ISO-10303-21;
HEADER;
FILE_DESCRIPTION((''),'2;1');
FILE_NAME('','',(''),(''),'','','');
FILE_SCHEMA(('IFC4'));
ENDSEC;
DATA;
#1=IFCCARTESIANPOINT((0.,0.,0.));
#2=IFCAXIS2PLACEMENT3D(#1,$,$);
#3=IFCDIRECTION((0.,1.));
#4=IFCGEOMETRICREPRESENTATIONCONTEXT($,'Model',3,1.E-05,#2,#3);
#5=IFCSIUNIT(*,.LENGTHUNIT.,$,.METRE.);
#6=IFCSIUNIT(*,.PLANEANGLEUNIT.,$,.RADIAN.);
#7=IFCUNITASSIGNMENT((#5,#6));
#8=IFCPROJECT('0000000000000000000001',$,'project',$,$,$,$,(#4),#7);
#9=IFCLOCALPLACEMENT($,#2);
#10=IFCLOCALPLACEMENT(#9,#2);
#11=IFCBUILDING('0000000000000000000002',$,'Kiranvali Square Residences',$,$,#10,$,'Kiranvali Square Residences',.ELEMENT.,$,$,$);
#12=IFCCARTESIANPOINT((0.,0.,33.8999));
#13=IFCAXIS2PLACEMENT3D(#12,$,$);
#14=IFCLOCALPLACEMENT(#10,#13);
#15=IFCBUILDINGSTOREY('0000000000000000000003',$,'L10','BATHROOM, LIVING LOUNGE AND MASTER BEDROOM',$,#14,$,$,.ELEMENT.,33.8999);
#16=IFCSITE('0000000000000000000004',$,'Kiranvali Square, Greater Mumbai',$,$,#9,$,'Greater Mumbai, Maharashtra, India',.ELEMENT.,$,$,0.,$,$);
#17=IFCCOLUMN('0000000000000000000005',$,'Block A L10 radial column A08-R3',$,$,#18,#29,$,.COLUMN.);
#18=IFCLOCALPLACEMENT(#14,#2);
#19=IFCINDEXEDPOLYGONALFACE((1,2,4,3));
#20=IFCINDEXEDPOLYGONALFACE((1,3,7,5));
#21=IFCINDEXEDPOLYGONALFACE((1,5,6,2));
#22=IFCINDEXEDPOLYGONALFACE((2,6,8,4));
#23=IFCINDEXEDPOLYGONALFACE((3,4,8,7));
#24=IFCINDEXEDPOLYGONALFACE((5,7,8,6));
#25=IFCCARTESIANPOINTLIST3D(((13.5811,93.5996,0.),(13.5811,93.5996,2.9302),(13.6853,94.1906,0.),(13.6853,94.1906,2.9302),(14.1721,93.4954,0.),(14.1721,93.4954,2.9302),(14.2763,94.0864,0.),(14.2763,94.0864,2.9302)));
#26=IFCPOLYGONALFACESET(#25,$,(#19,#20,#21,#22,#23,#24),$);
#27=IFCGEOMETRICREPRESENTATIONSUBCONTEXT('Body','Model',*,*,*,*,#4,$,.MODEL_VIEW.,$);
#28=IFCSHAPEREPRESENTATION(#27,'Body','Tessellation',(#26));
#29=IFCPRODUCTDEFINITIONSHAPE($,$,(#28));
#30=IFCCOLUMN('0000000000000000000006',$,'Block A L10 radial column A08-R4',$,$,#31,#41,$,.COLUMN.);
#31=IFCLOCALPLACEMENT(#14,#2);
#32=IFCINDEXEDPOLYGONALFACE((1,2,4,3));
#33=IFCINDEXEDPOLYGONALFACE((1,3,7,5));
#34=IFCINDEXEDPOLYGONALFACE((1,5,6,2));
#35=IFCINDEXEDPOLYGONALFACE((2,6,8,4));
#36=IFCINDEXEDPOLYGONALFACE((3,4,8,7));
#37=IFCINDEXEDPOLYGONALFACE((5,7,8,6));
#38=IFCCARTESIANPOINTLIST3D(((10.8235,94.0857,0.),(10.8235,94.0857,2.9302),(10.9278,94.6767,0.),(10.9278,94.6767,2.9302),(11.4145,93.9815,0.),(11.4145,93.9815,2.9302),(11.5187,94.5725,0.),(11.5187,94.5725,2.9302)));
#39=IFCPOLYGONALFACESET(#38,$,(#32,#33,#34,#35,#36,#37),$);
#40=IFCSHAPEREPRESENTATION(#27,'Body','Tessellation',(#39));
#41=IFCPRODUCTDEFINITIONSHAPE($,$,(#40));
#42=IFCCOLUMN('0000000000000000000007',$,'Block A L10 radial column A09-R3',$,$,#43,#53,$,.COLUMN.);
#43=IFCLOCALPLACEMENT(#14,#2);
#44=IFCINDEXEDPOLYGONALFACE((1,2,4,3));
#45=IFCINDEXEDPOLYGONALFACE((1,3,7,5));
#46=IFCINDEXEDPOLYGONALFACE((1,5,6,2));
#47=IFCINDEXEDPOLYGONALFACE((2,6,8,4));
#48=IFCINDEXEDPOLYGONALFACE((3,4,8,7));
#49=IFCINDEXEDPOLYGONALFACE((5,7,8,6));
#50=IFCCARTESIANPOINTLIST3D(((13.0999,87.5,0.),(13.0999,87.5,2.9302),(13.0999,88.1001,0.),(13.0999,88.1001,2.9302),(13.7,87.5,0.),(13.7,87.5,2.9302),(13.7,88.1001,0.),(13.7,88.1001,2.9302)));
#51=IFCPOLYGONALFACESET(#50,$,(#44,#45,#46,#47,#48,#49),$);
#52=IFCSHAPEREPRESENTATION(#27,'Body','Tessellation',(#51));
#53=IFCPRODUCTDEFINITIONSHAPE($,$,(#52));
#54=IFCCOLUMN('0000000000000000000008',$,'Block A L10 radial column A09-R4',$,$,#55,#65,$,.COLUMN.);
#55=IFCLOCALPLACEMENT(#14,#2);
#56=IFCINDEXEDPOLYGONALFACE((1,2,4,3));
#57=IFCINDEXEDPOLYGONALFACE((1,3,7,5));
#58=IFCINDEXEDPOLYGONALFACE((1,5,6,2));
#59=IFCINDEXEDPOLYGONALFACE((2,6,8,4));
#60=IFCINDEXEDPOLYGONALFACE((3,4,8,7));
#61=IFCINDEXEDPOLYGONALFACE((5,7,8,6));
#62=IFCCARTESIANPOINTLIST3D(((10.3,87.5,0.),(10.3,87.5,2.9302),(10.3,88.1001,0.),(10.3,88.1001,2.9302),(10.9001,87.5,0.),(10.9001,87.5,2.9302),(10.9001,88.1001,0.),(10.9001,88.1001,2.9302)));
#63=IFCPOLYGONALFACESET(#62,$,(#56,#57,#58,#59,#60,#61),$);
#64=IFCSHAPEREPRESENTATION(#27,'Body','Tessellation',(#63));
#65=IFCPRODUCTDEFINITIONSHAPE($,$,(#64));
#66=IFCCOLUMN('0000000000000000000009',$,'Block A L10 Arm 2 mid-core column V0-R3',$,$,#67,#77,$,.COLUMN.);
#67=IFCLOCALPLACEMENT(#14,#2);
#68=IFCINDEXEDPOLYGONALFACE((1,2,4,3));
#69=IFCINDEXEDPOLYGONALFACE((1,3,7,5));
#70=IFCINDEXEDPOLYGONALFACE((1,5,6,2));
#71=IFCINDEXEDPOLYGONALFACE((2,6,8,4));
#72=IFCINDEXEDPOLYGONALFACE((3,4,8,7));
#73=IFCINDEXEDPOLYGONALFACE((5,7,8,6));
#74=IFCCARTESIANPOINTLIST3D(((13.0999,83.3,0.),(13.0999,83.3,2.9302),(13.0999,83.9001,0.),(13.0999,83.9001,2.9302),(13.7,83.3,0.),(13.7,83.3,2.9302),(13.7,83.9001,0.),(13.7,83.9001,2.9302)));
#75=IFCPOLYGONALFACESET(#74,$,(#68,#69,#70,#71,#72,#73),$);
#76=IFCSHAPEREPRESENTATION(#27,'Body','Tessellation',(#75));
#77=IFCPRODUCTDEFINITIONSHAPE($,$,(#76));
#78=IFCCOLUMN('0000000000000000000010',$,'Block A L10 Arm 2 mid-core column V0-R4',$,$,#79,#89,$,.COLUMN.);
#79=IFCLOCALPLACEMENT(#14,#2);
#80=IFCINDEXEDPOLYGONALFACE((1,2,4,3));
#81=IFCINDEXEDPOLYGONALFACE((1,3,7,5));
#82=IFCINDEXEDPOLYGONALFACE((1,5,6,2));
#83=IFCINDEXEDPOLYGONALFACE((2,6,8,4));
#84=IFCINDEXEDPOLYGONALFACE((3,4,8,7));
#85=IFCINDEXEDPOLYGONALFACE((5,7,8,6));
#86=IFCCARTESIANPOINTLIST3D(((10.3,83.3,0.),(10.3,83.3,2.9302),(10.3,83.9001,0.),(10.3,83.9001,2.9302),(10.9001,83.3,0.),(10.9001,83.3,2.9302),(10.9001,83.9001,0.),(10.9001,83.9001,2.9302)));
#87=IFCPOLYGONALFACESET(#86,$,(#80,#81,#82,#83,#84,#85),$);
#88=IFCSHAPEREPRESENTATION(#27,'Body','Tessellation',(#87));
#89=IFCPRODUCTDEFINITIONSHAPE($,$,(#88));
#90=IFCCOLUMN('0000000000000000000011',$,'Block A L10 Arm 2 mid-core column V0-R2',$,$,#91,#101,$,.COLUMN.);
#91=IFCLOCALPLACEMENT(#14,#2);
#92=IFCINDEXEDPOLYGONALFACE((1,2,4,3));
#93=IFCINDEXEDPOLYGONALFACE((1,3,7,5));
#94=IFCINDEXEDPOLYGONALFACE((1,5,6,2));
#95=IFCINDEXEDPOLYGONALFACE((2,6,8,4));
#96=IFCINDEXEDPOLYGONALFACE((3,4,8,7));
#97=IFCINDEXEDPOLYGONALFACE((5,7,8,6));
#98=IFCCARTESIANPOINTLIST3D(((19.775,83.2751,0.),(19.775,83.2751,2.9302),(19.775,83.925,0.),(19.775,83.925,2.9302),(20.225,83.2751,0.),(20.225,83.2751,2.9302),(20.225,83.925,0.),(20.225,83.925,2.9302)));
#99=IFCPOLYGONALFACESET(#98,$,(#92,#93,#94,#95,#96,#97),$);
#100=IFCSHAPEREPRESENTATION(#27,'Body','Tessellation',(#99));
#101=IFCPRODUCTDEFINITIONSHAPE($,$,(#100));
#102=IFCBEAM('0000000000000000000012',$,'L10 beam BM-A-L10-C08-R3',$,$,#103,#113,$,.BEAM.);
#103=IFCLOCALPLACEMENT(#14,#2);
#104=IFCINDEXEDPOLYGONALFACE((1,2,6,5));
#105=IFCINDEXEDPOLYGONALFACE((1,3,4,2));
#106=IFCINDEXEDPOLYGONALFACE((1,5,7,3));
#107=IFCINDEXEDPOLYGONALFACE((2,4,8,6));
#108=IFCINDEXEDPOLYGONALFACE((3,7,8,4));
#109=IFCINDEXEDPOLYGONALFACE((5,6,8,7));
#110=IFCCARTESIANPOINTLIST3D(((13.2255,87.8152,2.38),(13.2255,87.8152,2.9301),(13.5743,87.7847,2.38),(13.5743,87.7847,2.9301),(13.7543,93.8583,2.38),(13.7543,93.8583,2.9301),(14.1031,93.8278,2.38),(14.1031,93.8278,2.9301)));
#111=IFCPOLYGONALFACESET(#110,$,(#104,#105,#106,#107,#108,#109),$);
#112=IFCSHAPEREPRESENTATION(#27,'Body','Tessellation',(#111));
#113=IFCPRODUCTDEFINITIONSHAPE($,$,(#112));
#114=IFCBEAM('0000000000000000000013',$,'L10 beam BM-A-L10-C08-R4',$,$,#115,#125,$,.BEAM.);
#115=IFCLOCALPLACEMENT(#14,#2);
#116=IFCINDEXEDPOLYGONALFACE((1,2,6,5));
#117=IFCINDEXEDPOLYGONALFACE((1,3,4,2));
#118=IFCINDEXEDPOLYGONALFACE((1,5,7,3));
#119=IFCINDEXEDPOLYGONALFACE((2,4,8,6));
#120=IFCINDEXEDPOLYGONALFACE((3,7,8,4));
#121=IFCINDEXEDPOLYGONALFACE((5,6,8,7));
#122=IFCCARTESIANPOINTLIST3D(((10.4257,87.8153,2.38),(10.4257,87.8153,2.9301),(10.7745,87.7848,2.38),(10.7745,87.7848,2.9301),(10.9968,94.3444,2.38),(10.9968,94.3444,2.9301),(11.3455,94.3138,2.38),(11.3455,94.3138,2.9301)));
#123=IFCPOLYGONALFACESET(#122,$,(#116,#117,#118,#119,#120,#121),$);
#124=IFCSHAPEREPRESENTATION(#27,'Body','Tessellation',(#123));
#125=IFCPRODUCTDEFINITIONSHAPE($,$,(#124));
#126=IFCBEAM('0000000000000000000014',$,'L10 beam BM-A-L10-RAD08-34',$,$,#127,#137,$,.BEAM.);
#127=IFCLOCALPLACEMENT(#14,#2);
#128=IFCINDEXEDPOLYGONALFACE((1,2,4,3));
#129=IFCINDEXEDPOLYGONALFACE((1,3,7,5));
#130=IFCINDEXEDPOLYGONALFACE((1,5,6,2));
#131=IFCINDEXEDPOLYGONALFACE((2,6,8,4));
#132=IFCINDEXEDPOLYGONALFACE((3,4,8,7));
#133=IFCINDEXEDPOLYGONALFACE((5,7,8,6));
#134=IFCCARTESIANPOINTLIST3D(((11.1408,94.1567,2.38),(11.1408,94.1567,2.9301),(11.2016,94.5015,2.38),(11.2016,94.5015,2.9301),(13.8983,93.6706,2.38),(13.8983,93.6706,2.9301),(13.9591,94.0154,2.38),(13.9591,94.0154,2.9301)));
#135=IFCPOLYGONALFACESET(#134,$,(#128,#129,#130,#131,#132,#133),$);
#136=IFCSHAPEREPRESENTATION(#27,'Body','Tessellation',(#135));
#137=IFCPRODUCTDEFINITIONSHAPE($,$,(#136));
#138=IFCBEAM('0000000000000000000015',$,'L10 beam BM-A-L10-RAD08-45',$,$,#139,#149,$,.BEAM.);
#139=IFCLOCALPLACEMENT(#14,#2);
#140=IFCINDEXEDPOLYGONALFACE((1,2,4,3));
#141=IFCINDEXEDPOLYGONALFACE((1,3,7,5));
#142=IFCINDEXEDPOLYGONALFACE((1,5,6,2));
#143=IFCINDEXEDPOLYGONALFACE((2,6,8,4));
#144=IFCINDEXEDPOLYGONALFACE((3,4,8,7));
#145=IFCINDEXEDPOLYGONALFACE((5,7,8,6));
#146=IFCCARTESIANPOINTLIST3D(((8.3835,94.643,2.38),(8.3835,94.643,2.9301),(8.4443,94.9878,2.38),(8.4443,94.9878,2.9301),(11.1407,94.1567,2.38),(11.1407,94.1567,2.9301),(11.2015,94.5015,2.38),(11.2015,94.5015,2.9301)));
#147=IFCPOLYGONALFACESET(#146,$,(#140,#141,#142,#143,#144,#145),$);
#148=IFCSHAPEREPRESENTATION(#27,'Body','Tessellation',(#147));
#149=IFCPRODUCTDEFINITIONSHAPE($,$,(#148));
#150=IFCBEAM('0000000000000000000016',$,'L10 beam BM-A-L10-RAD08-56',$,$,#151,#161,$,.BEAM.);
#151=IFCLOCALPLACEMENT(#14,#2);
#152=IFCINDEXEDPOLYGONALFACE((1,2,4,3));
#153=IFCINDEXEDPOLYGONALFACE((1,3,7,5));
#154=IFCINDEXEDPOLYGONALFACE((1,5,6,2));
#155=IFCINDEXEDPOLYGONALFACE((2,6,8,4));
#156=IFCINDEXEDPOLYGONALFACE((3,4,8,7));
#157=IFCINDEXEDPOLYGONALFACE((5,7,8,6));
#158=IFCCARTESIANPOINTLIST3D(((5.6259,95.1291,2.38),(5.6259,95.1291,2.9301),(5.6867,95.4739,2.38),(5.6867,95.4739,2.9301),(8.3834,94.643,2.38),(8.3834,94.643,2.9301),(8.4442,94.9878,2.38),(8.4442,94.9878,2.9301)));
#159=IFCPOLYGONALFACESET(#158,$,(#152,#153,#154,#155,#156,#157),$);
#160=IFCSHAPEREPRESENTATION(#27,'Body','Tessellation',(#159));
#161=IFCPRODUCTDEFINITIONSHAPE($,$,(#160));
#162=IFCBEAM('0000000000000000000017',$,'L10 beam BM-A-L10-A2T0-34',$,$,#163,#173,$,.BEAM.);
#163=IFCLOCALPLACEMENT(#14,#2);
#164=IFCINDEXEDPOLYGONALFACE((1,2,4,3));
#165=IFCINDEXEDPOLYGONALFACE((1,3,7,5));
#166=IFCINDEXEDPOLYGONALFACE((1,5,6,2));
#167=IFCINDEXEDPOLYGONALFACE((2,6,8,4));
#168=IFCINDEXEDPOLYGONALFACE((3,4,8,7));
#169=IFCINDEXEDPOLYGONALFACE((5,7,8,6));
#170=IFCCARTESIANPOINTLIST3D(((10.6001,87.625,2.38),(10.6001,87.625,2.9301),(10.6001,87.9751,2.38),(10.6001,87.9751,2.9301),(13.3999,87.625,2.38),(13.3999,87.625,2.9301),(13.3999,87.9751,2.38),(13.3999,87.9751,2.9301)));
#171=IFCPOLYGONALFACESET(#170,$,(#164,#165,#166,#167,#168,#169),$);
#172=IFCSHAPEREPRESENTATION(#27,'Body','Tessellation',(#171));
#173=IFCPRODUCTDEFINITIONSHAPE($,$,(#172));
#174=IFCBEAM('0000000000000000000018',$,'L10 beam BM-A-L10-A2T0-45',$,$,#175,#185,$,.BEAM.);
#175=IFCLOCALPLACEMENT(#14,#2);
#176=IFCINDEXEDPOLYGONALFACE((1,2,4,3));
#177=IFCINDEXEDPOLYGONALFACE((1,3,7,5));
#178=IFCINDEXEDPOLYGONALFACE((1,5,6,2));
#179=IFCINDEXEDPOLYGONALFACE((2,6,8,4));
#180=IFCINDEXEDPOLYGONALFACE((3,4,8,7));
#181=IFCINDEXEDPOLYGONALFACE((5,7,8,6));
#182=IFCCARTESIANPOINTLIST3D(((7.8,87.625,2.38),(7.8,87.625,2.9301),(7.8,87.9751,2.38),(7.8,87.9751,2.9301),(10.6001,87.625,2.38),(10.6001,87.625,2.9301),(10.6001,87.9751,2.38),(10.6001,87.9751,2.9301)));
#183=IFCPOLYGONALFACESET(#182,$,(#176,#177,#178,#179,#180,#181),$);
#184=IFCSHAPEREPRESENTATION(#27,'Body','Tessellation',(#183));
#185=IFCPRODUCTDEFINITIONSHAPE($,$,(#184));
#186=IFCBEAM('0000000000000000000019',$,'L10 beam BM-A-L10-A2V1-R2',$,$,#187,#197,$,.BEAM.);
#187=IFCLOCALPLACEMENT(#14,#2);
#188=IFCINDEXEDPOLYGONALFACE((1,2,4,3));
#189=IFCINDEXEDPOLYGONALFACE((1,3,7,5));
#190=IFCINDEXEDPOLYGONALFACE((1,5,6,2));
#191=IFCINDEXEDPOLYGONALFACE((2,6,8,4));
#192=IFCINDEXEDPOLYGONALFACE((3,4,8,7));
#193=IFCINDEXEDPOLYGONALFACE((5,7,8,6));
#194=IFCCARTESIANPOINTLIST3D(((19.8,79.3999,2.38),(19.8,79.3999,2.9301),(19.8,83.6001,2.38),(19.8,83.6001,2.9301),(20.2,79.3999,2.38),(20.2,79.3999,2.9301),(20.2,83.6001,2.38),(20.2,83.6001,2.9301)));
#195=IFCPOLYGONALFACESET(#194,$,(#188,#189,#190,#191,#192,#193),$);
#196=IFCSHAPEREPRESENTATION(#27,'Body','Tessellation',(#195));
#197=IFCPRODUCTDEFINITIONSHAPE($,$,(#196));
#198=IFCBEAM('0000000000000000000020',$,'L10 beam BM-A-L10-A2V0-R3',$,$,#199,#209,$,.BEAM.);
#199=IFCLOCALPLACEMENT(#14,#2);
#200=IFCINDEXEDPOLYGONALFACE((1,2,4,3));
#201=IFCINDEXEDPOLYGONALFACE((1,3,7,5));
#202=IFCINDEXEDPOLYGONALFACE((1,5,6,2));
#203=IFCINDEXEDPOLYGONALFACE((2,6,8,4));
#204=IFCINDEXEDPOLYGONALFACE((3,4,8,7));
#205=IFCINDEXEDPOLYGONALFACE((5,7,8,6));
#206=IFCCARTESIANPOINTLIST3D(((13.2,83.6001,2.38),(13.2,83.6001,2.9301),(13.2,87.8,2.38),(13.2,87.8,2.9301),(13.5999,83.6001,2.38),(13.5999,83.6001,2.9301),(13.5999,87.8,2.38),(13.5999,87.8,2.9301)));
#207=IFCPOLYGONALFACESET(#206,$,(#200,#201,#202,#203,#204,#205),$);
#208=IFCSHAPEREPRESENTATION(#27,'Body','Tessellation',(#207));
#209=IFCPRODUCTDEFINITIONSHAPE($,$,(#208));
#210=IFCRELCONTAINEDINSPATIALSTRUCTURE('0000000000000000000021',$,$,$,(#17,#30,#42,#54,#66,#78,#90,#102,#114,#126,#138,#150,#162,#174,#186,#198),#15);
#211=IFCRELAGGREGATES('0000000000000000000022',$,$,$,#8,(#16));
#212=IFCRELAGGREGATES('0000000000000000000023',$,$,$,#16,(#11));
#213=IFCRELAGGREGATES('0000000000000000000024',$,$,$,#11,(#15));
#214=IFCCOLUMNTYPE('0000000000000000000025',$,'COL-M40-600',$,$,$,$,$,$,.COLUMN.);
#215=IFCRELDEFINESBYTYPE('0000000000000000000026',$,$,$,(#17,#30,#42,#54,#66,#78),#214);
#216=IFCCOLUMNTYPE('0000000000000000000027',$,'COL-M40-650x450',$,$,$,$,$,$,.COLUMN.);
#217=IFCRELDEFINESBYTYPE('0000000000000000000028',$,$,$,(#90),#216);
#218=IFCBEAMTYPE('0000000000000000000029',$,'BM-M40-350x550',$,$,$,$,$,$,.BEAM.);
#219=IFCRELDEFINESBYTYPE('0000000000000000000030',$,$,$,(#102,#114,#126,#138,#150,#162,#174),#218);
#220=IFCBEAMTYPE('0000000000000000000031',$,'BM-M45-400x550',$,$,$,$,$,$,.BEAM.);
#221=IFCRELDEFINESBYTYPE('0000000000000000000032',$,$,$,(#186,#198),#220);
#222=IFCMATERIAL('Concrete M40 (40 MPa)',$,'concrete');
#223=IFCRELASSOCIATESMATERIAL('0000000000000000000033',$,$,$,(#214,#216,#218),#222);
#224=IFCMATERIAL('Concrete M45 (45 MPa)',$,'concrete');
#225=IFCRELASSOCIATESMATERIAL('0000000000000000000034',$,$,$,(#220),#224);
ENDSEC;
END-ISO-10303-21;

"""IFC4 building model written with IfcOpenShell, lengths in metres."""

from ifc_helpers import new_model, si_unit, direction, frame, origin, origin_2d, place, context, subcontext, project, spatial, rectangle, extrude, material, material_profile, profile_set, type_object, element, save


model = new_model("IFC4")

# Units and contexts
model_context = context("Model", 3, precision=1e-05, world=origin(), true_north=direction((0.0, 1.0)))
body_context = subcontext(model_context, "Body", "Model", "MODEL_VIEW")
ifc_project = project(units=[si_unit("LENGTHUNIT", "METRE"), si_unit("PLANEANGLEUNIT", "RADIAN")], contexts=[model_context])

# Site, building, storey
site_placement = place(None, origin())
site = spatial("IfcSite", under=ifc_project, at=site_placement, Name="Kiranvali Square, Greater Mumbai", LongName="Greater Mumbai, Maharashtra, India", CompositionType="ELEMENT", RefElevation=0.0)
building_placement = place(site_placement, origin())
building = spatial("IfcBuilding", under=site, at=building_placement, Name="Kiranvali Square Residences", LongName="Kiranvali Square Residences", CompositionType="ELEMENT")
storey_placement = place(building_placement, frame((0.0, 0.0, 33.8999)))
storey = spatial("IfcBuildingStorey", under=building, at=storey_placement, Name="L10", Description="BATHROOM, LIVING LOUNGE AND MASTER BEDROOM", CompositionType="ELEMENT", Elevation=33.8999)

# Columns
ifc_material_1 = material(Name="Concrete M40 (40 MPa)", Category="concrete")
ifc_material_profile_1 = material_profile(ifc_material_1, rectangle(XDim=0.6001, YDim=0.6001, at=origin_2d()), Name="RC 600x600")
ifc_profile_set_1 = profile_set([ifc_material_profile_1], Name="Concrete M40 (40 MPa)")
column_type_1 = type_object("IfcColumnType", Name="COL-M40-600", PredefinedType="COLUMN", material=ifc_profile_set_1)
for number, where, z_axis, x_axis, name in (
    (1, (13.9287, 93.843, 0.0), (0.0, 0.0, 1.0), (0.173648, 0.984808, 0.0), "Block A L10 radial column A08-R3"),
    (2, (11.1711, 94.3291, 0.0), (0.0, 0.0, 1.0), (0.173648, 0.984808, 0.0), "Block A L10 radial column A08-R4"),
    (3, (13.3999, 87.8, 0.0), (0.0, 0.0, 1.0), (0.0, 1.0, 0.0), "Block A L10 radial column A09-R3"),
    (4, (10.6001, 87.8, 0.0), (0.0, 0.0, 1.0), (0.0, 1.0, 0.0), "Block A L10 radial column A09-R4"),
    (5, (13.3999, 83.6001, 0.0), (0.0, 0.0, 1.0), (1.0, 0.0, 0.0), "Block A L10 Arm 2 mid-core column V0-R3"),
    (6, (10.6001, 83.6001, 0.0), (0.0, 0.0, 1.0), (1.0, 0.0, 0.0), "Block A L10 Arm 2 mid-core column V0-R4"),
):
    element("IfcColumn", number, at=place(storey_placement, frame(where, z_axis=z_axis, x_axis=x_axis)), inside=storey, type_object=column_type_1, Name=name, PredefinedType="COLUMN", context=body_context, shape_type="SweptSolid", body=[
        extrude(rectangle(XDim=0.6001, YDim=0.6001, at=origin_2d()), origin(), (0.0, 0.0, 1.0), 2.9302),
    ])
ifc_material_profile_2 = material_profile(ifc_material_1, rectangle(XDim=0.45, YDim=0.6499, at=origin_2d()), Name="RC 650x450")
ifc_profile_set_2 = profile_set([ifc_material_profile_2], Name="Concrete M40 (40 MPa)")
column_type_2 = type_object("IfcColumnType", Name="COL-M40-650x450", PredefinedType="COLUMN", material=ifc_profile_set_2)
column_placement = place(storey_placement, frame((20.0, 83.6001, 0.0), z_axis=(0.0, 0.0, 1.0), x_axis=(1.0, 0.0, 0.0)))
element("IfcColumn", 7, at=column_placement, inside=storey, type_object=column_type_2, Name="Block A L10 Arm 2 mid-core column V0-R2", PredefinedType="COLUMN", context=body_context, shape_type="SweptSolid", body=[
    extrude(rectangle(XDim=0.45, YDim=0.6499, at=origin_2d()), origin(), (0.0, 0.0, 1.0), 2.9302),
])

# Beams
ifc_material_profile_3 = material_profile(ifc_material_1, rectangle(XDim=0.3501, YDim=0.55, at=origin_2d()), Name="RC 350x550")
ifc_profile_set_3 = profile_set([ifc_material_profile_3], Name="Concrete M40 (40 MPa)")
beam_type_1 = type_object("IfcBeamType", Name="BM-M40-350x550", PredefinedType="BEAM", material=ifc_profile_set_3)
beam_1_placement = place(storey_placement, frame((13.9287, 93.843, 2.655), z_axis=(-0.087175, -0.996193, 0.0), x_axis=(0.996193, -0.087175, 0.0)))
element("IfcBeam", 8, at=beam_1_placement, inside=storey, type_object=beam_type_1, Name="L10 beam BM-A-L10-C08-R3", PredefinedType="BEAM", context=body_context, shape_type="SweptSolid", body=[
    extrude(rectangle(XDim=0.3501, YDim=0.55, at=origin_2d()), origin(), (0.0, 0.0, 1.0), 6.0662),
])
beam_2_placement = place(storey_placement, frame((11.1711, 94.3291, 2.655), z_axis=(-0.08713, -0.996197, 0.0), x_axis=(0.996197, -0.08713, 0.0)))
element("IfcBeam", 9, at=beam_2_placement, inside=storey, type_object=beam_type_1, Name="L10 beam BM-A-L10-C08-R4", PredefinedType="BEAM", context=body_context, shape_type="SweptSolid", body=[
    extrude(rectangle(XDim=0.3501, YDim=0.55, at=origin_2d()), origin(), (0.0, 0.0, 1.0), 6.554),
])
beam_3_placement = place(storey_placement, frame((13.9287, 93.843, 2.655), z_axis=(-0.984817, 0.173596, 0.0), x_axis=(-0.173596, -0.984817, 0.0)))
element("IfcBeam", 10, at=beam_3_placement, inside=storey, type_object=beam_type_1, Name="L10 beam BM-A-L10-RAD08-34", PredefinedType="BEAM", context=body_context, shape_type="SweptSolid", body=[
    extrude(rectangle(XDim=0.3501, YDim=0.55, at=origin_2d()), origin(), (0.0, 0.0, 1.0), 2.8),
])
beam_4_placement = place(storey_placement, frame((11.1711, 94.3291, 2.655), z_axis=(-0.984799, 0.173696, 0.0), x_axis=(-0.173696, -0.984799, 0.0)))
element("IfcBeam", 11, at=beam_4_placement, inside=storey, type_object=beam_type_1, Name="L10 beam BM-A-L10-RAD08-45", PredefinedType="BEAM", context=body_context, shape_type="SweptSolid", body=[
    extrude(rectangle(XDim=0.3501, YDim=0.55, at=origin_2d()), origin(), (0.0, 0.0, 1.0), 2.7998),
])
beam_5_placement = place(storey_placement, frame((8.4138, 94.8154, 2.655), z_axis=(-0.984817, 0.173596, 0.0), x_axis=(-0.173596, -0.984817, 0.0)))
element("IfcBeam", 12, at=beam_5_placement, inside=storey, type_object=beam_type_1, Name="L10 beam BM-A-L10-RAD08-56", PredefinedType="BEAM", context=body_context, shape_type="SweptSolid", body=[
    extrude(rectangle(XDim=0.3501, YDim=0.55, at=origin_2d()), origin(), (0.0, 0.0, 1.0), 2.8),
])
beam_6_placement = place(storey_placement, frame((13.3999, 87.8, 2.655), z_axis=(-1.0, 0.0, 0.0), x_axis=(0.0, -1.0, 0.0)))
element("IfcBeam", 13, at=beam_6_placement, inside=storey, type_object=beam_type_1, Name="L10 beam BM-A-L10-A2T0-34", PredefinedType="BEAM", context=body_context, shape_type="SweptSolid", body=[
    extrude(rectangle(XDim=0.3501, YDim=0.55, at=origin_2d()), origin(), (0.0, 0.0, 1.0), 2.7998),
])
beam_7_placement = place(storey_placement, frame((10.6001, 87.8, 2.655), z_axis=(-1.0, 0.0, 0.0), x_axis=(0.0, -1.0, 0.0)))
element("IfcBeam", 14, at=beam_7_placement, inside=storey, type_object=beam_type_1, Name="L10 beam BM-A-L10-A2T0-45", PredefinedType="BEAM", context=body_context, shape_type="SweptSolid", body=[
    extrude(rectangle(XDim=0.3501, YDim=0.55, at=origin_2d()), origin(), (0.0, 0.0, 1.0), 2.8),
])
ifc_material_2 = material(Name="Concrete M45 (45 MPa)", Category="concrete")
ifc_material_profile_4 = material_profile(ifc_material_2, rectangle(XDim=0.3999, YDim=0.55, at=origin_2d()), Name="RC 400x550")
ifc_profile_set_4 = profile_set([ifc_material_profile_4], Name="Concrete M45 (45 MPa)")
beam_type_2 = type_object("IfcBeamType", Name="BM-M45-400x550", PredefinedType="BEAM", material=ifc_profile_set_4)
beam_8_placement = place(storey_placement, frame((20.0, 83.6001, 2.655), z_axis=(0.0, -1.0, 0.0), x_axis=(1.0, 0.0, 0.0)))
element("IfcBeam", 15, at=beam_8_placement, inside=storey, type_object=beam_type_2, Name="L10 beam BM-A-L10-A2V1-R2", PredefinedType="BEAM", context=body_context, shape_type="SweptSolid", body=[
    extrude(rectangle(XDim=0.3999, YDim=0.55, at=origin_2d()), origin(), (0.0, 0.0, 1.0), 4.2002),
])
beam_9_placement = place(storey_placement, frame((13.3999, 87.8, 2.655), z_axis=(0.0, -1.0, 0.0), x_axis=(1.0, 0.0, 0.0)))
element("IfcBeam", 16, at=beam_9_placement, inside=storey, type_object=beam_type_2, Name="L10 beam BM-A-L10-A2V0-R3", PredefinedType="BEAM", context=body_context, shape_type="SweptSolid", body=[
    extrude(rectangle(XDim=0.3999, YDim=0.55, at=origin_2d()), origin(), (0.0, 0.0, 1.0), 4.2),
])

save(model, "model.ifc")
